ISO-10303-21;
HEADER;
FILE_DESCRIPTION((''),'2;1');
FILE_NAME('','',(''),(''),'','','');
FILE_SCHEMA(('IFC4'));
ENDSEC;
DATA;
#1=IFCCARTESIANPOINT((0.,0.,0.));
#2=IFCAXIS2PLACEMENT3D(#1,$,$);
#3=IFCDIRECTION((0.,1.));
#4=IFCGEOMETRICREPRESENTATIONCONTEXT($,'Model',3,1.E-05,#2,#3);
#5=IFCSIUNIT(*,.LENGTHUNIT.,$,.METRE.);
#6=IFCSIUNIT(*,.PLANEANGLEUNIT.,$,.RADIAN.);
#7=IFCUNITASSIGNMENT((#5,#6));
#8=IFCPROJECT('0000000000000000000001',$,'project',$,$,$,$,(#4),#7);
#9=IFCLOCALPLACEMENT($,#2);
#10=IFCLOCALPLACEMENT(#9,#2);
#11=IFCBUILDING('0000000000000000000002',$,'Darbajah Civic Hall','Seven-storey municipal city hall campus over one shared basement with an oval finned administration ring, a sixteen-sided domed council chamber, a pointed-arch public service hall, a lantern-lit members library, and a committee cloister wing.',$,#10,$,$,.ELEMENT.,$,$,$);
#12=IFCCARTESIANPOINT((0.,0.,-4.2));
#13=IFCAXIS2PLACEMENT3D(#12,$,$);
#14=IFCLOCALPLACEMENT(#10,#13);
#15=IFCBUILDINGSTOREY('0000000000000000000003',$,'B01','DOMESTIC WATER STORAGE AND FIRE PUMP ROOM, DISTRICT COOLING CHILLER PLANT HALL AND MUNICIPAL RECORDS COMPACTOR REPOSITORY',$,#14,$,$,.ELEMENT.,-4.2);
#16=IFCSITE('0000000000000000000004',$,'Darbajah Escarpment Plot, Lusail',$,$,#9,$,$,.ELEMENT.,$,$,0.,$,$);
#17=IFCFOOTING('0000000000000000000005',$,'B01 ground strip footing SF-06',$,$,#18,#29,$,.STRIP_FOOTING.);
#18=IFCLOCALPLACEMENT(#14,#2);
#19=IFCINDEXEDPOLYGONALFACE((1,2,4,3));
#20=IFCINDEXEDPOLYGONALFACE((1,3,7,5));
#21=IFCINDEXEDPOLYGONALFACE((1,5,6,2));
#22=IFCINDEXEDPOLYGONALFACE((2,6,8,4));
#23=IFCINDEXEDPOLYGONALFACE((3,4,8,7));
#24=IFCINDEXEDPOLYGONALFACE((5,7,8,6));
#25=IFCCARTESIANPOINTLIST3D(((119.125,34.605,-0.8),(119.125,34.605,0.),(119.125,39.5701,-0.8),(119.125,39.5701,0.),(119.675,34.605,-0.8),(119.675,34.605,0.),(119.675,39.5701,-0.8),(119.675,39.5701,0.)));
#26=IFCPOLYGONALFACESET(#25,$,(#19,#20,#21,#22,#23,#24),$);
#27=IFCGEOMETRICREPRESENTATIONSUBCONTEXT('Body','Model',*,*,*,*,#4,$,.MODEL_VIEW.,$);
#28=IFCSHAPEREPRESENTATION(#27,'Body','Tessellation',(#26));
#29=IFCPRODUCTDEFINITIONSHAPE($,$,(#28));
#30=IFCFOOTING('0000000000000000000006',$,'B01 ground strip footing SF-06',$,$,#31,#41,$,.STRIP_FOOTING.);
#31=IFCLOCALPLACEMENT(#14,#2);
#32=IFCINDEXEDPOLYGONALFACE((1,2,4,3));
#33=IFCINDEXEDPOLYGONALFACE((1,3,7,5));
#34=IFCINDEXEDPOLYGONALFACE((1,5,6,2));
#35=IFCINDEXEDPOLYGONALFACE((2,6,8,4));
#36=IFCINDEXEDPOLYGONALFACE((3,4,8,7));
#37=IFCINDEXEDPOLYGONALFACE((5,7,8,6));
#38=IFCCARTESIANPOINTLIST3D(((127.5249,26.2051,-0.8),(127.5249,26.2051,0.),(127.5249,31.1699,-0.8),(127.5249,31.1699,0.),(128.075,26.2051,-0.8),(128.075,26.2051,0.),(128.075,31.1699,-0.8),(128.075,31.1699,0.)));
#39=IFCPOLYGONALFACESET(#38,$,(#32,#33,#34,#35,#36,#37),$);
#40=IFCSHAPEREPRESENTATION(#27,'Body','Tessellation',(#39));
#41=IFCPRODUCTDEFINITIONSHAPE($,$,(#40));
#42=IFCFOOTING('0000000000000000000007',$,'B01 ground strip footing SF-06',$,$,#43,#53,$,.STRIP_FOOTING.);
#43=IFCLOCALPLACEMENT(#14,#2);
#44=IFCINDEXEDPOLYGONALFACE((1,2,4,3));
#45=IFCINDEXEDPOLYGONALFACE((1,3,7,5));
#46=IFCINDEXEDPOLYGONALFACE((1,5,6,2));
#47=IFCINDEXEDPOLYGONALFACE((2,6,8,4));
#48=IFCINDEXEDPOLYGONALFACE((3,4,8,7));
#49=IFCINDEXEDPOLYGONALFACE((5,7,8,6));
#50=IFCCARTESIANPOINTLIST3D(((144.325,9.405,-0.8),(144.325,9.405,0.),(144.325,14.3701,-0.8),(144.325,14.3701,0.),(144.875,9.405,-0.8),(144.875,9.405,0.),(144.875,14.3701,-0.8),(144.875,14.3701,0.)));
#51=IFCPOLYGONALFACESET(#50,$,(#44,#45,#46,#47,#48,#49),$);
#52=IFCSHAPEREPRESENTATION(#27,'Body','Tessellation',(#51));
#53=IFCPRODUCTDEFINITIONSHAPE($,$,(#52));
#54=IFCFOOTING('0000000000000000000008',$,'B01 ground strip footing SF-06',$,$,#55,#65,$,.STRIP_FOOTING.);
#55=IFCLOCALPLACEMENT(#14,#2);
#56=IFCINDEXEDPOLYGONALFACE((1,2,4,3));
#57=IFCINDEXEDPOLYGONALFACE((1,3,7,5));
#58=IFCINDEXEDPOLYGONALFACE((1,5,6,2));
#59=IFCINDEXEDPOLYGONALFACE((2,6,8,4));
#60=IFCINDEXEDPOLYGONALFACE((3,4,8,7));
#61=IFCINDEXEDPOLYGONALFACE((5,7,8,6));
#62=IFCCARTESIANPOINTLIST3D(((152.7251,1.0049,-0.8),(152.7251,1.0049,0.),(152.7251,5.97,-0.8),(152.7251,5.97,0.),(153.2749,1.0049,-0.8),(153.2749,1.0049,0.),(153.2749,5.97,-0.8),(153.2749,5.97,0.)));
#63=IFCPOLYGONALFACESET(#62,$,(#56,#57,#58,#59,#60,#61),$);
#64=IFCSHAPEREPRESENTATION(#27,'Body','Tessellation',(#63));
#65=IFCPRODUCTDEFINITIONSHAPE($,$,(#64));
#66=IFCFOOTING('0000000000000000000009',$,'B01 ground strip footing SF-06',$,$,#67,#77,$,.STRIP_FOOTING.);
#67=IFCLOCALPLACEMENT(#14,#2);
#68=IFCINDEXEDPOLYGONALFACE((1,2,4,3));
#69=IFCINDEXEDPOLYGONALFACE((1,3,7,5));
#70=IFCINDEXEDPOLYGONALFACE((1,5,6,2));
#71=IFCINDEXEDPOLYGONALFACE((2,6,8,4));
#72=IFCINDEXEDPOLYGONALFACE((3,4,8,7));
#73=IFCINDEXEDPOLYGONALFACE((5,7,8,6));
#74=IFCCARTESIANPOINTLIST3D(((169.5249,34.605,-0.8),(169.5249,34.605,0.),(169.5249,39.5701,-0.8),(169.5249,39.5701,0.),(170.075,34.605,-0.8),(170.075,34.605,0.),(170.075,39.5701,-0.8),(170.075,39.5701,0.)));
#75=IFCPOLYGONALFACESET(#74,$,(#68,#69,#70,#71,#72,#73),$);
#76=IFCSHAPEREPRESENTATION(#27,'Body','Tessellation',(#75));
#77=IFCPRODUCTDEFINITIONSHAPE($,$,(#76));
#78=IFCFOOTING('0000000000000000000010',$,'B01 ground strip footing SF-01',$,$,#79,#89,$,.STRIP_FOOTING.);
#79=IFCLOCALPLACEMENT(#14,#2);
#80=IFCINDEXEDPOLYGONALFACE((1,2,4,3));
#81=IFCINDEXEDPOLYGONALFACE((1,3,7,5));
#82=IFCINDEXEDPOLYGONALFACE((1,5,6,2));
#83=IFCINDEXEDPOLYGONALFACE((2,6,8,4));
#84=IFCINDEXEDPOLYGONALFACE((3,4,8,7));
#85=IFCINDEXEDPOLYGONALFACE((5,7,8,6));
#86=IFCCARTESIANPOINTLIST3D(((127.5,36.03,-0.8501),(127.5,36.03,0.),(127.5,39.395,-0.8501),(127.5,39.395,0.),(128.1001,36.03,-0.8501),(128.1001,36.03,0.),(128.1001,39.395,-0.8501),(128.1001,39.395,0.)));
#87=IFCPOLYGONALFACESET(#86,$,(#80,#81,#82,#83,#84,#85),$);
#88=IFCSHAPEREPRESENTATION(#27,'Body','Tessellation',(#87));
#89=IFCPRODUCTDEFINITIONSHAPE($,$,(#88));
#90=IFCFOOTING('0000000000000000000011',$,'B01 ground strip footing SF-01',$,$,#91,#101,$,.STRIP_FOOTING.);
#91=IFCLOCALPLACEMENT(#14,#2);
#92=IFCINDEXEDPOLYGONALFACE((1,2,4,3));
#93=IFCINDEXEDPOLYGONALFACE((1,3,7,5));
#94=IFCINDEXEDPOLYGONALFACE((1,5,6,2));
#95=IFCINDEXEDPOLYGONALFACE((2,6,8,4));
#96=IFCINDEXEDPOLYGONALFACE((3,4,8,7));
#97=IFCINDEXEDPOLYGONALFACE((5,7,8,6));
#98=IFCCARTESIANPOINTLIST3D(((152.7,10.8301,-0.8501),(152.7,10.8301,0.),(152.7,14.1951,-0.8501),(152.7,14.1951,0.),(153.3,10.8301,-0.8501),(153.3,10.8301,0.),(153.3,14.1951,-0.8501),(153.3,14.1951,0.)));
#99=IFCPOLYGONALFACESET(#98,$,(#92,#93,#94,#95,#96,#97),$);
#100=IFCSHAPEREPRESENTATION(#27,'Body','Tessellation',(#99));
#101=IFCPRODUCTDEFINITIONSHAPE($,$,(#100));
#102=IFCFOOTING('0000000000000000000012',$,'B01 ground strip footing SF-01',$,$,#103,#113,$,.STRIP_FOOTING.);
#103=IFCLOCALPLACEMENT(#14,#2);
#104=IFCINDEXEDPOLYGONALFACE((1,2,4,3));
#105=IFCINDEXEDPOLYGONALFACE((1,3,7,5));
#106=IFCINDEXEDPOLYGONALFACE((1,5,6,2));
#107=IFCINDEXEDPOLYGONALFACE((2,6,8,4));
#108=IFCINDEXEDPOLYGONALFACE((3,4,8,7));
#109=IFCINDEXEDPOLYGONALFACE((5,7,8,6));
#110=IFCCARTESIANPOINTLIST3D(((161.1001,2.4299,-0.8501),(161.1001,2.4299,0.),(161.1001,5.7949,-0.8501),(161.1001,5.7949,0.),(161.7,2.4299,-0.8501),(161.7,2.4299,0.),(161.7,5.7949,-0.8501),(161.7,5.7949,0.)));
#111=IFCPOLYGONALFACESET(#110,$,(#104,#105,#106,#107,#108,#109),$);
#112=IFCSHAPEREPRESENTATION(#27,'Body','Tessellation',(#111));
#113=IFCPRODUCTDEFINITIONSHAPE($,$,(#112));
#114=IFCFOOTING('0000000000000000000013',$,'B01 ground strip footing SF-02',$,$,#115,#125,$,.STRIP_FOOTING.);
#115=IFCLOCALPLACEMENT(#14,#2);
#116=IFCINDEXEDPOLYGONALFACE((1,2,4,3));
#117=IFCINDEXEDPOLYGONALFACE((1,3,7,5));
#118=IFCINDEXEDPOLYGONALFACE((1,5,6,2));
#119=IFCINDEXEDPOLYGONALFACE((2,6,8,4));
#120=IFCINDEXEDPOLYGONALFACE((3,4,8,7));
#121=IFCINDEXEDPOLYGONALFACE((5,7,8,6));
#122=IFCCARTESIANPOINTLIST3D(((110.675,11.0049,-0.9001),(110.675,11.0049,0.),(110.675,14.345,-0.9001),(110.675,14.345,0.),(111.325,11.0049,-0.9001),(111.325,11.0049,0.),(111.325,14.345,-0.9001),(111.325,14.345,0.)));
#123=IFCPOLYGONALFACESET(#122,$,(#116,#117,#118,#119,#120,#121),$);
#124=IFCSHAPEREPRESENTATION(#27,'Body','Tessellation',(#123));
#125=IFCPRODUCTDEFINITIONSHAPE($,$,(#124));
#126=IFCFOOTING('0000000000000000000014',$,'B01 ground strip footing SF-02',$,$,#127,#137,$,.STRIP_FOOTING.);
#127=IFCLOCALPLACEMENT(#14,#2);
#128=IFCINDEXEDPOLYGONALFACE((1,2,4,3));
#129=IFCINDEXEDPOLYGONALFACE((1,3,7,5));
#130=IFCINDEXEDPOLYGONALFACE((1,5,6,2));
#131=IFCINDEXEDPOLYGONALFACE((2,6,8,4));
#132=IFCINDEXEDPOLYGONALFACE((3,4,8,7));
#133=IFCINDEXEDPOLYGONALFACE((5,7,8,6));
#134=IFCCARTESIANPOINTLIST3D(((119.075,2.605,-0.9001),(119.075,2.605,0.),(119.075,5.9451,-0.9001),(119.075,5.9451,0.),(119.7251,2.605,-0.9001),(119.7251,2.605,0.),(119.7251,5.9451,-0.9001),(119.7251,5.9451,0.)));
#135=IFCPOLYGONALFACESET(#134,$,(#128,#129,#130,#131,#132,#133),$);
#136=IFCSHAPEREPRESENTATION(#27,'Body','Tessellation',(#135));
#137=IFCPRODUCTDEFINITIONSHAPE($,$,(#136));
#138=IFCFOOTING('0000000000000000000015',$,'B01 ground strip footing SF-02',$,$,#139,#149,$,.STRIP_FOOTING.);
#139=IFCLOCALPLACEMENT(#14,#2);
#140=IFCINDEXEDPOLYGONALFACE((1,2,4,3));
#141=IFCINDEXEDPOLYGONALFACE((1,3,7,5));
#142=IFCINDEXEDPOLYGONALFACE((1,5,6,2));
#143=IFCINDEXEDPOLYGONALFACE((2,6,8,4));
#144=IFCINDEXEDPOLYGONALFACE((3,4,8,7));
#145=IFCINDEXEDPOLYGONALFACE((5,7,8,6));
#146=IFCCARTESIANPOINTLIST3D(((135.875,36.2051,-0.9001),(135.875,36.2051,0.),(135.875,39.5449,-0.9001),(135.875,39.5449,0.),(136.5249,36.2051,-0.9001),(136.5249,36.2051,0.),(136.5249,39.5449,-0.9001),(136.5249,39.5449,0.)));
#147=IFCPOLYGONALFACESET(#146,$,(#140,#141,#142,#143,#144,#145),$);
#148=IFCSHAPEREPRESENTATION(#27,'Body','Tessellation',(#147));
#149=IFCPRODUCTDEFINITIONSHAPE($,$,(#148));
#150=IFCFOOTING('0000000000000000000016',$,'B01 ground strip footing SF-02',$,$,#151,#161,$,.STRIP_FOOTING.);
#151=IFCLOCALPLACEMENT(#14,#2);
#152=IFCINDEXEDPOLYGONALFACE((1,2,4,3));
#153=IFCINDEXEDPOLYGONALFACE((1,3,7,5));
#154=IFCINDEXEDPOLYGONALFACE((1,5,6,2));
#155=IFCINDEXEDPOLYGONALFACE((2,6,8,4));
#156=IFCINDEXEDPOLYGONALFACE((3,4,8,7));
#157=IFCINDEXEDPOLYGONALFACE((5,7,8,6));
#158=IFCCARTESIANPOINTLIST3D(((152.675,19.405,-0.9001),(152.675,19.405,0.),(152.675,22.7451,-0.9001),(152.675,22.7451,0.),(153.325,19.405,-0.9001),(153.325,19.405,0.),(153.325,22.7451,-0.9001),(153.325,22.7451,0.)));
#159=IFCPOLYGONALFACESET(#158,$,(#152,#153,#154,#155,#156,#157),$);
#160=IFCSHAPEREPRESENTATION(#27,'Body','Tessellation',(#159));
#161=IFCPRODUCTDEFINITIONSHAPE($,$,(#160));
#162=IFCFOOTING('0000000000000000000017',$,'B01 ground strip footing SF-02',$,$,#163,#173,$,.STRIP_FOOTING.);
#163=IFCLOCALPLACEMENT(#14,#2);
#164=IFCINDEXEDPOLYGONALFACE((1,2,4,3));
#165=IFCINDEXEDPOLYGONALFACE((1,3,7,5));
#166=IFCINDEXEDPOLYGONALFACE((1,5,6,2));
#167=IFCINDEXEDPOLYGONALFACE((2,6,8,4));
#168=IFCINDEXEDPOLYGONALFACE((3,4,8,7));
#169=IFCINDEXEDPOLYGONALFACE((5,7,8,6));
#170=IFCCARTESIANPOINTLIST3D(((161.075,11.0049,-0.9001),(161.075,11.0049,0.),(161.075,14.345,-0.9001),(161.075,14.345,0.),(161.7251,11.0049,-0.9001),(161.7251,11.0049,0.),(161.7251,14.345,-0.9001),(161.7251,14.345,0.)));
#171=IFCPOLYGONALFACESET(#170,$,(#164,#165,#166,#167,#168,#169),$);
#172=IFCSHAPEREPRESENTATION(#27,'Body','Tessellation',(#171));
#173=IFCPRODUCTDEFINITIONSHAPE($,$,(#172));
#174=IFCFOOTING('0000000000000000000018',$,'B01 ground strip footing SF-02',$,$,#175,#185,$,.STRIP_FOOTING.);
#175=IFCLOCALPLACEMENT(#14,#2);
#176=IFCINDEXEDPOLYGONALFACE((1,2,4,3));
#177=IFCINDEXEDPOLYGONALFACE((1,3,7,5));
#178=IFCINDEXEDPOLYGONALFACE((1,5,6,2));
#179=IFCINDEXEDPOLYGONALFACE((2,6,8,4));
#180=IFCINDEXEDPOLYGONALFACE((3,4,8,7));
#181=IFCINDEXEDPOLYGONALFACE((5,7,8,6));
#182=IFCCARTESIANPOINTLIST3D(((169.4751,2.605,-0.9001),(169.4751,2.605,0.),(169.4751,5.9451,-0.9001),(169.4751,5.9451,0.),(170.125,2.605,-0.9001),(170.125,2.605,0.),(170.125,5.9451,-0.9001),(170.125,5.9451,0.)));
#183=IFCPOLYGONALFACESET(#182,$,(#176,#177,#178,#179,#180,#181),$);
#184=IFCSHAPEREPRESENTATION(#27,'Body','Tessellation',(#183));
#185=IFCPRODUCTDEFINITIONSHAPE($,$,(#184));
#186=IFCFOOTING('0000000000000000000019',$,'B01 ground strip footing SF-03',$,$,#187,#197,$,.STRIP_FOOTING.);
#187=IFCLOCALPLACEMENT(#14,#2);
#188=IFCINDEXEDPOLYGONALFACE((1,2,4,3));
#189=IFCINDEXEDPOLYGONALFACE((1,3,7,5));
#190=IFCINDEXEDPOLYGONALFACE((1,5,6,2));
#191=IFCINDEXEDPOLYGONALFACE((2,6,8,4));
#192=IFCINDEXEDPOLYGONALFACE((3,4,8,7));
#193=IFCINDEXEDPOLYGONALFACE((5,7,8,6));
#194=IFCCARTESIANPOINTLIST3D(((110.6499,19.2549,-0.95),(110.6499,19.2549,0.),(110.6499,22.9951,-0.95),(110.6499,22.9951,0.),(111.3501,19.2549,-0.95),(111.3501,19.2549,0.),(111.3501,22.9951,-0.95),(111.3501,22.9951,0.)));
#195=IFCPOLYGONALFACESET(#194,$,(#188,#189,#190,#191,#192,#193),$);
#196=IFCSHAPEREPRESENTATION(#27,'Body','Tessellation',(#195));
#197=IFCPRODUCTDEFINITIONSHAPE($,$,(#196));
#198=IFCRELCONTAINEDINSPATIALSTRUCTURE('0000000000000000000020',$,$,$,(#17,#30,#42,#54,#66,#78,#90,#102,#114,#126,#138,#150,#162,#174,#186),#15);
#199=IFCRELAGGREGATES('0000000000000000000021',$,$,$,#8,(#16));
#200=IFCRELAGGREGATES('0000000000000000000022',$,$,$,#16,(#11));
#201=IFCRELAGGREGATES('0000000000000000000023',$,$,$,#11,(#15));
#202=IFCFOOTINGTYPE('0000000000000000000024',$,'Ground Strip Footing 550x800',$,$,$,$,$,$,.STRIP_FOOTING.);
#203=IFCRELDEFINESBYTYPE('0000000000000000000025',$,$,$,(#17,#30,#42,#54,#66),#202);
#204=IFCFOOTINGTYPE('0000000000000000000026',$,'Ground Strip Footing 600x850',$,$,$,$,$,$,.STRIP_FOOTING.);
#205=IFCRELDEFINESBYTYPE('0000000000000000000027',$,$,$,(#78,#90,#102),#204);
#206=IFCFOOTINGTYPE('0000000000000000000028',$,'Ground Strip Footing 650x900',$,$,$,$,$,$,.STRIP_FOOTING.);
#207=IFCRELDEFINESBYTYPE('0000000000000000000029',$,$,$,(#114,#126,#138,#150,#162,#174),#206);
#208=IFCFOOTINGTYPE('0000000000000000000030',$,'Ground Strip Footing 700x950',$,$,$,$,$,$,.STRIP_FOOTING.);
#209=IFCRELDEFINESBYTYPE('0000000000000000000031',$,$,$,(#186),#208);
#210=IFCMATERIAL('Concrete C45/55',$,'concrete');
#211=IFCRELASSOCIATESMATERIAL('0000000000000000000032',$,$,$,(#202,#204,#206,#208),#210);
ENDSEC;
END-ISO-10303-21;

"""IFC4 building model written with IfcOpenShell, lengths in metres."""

from ifc_helpers import new_model, si_unit, direction, frame, origin, place, context, subcontext, project, spatial, polyline, outline, extrude, material, type_object, element, save


model = new_model("IFC4")

# Units and contexts
model_context = context("Model", 3, precision=1e-05, world=origin(), true_north=direction((0.0, 1.0)))
body_context = subcontext(model_context, "Body", "Model", "MODEL_VIEW")
ifc_project = project(units=[si_unit("LENGTHUNIT", "METRE"), si_unit("PLANEANGLEUNIT", "RADIAN")], contexts=[model_context])

# Site, building, storey
site_placement = place(None, origin())
site = spatial("IfcSite", under=ifc_project, at=site_placement, Name="Darbajah Escarpment Plot, Lusail", CompositionType="ELEMENT", RefElevation=0.0)
building_placement = place(site_placement, origin())
building = spatial("IfcBuilding", under=site, at=building_placement, Name="Darbajah Civic Hall", Description="Seven-storey municipal city hall campus over one shared basement with an oval finned administration ring, a sixteen-sided domed council chamber, a pointed-arch public service hall, a lantern-lit members library, and a committee cloister wing.", CompositionType="ELEMENT")
storey_placement = place(building_placement, frame((0.0, 0.0, -4.2)))
storey = spatial("IfcBuildingStorey", under=building, at=storey_placement, Name="B01", Description="DOMESTIC WATER STORAGE AND FIRE PUMP ROOM, DISTRICT COOLING CHILLER PLANT HALL AND MUNICIPAL RECORDS COMPACTOR REPOSITORY", CompositionType="ELEMENT", Elevation=-4.2)

# Footings
ifc_material = material(Name="Concrete C45/55", Category="concrete")
footing_type_1 = type_object("IfcFootingType", Name="Ground Strip Footing 550x800", PredefinedType="STRIP_FOOTING", material=ifc_material)
footing_1_placement = place(storey_placement, frame((0.0, 0.0, -0.8)))
element("IfcFooting", 1, at=footing_1_placement, inside=storey, type_object=footing_type_1, Name="B01 ground strip footing SF-06", PredefinedType="STRIP_FOOTING", context=body_context, shape_type="SweptSolid", body=[
    extrude(outline(polyline([(119.675, 34.605), (119.675, 39.5701), (119.125, 39.5701), (119.125, 34.605), (119.675, 34.605)])), origin(), (0.0, 0.0, 1.0), 0.8),
])
footing_2_placement = place(storey_placement, frame((0.0, 0.0, -0.8)))
element("IfcFooting", 2, at=footing_2_placement, inside=storey, type_object=footing_type_1, Name="B01 ground strip footing SF-06", PredefinedType="STRIP_FOOTING", context=body_context, shape_type="SweptSolid", body=[
    extrude(outline(polyline([(128.075, 26.2051), (128.075, 31.1699), (127.5249, 31.1699), (127.5249, 26.2051), (128.075, 26.2051)])), origin(), (0.0, 0.0, 1.0), 0.8),
])
footing_3_placement = place(storey_placement, frame((0.0, 0.0, -0.8)))
element("IfcFooting", 3, at=footing_3_placement, inside=storey, type_object=footing_type_1, Name="B01 ground strip footing SF-06", PredefinedType="STRIP_FOOTING", context=body_context, shape_type="SweptSolid", body=[
    extrude(outline(polyline([(144.875, 9.405), (144.875, 14.3701), (144.325, 14.3701), (144.325, 9.405), (144.875, 9.405)])), origin(), (0.0, 0.0, 1.0), 0.8),
])
footing_4_placement = place(storey_placement, frame((0.0, 0.0, -0.8)))
element("IfcFooting", 4, at=footing_4_placement, inside=storey, type_object=footing_type_1, Name="B01 ground strip footing SF-06", PredefinedType="STRIP_FOOTING", context=body_context, shape_type="SweptSolid", body=[
    extrude(outline(polyline([(153.2749, 1.0049), (153.2749, 5.97), (152.7251, 5.97), (152.7251, 1.0049), (153.2749, 1.0049)])), origin(), (0.0, 0.0, 1.0), 0.8),
])
footing_5_placement = place(storey_placement, frame((0.0, 0.0, -0.8)))
element("IfcFooting", 5, at=footing_5_placement, inside=storey, type_object=footing_type_1, Name="B01 ground strip footing SF-06", PredefinedType="STRIP_FOOTING", context=body_context, shape_type="SweptSolid", body=[
    extrude(outline(polyline([(170.075, 34.605), (170.075, 39.5701), (169.5249, 39.5701), (169.5249, 34.605), (170.075, 34.605)])), origin(), (0.0, 0.0, 1.0), 0.8),
])
footing_type_2 = type_object("IfcFootingType", Name="Ground Strip Footing 600x850", PredefinedType="STRIP_FOOTING", material=ifc_material)
footing_6_placement = place(storey_placement, frame((0.0, 0.0, -0.8501)))
element("IfcFooting", 6, at=footing_6_placement, inside=storey, type_object=footing_type_2, Name="B01 ground strip footing SF-01", PredefinedType="STRIP_FOOTING", context=body_context, shape_type="SweptSolid", body=[
    extrude(outline(polyline([(128.1001, 36.03), (128.1001, 39.395), (127.5, 39.395), (127.5, 36.03), (128.1001, 36.03)])), origin(), (0.0, 0.0, 1.0), 0.8501),
])
footing_7_placement = place(storey_placement, frame((0.0, 0.0, -0.8501)))
element("IfcFooting", 7, at=footing_7_placement, inside=storey, type_object=footing_type_2, Name="B01 ground strip footing SF-01", PredefinedType="STRIP_FOOTING", context=body_context, shape_type="SweptSolid", body=[
    extrude(outline(polyline([(153.3, 10.8301), (153.3, 14.1951), (152.7, 14.1951), (152.7, 10.8301), (153.3, 10.8301)])), origin(), (0.0, 0.0, 1.0), 0.8501),
])
footing_8_placement = place(storey_placement, frame((0.0, 0.0, -0.8501)))
element("IfcFooting", 8, at=footing_8_placement, inside=storey, type_object=footing_type_2, Name="B01 ground strip footing SF-01", PredefinedType="STRIP_FOOTING", context=body_context, shape_type="SweptSolid", body=[
    extrude(outline(polyline([(161.7, 2.4299), (161.7, 5.7949), (161.1001, 5.7949), (161.1001, 2.4299), (161.7, 2.4299)])), origin(), (0.0, 0.0, 1.0), 0.8501),
])
footing_type_3 = type_object("IfcFootingType", Name="Ground Strip Footing 650x900", PredefinedType="STRIP_FOOTING", material=ifc_material)
footing_9_placement = place(storey_placement, frame((0.0, 0.0, -0.9001)))
element("IfcFooting", 9, at=footing_9_placement, inside=storey, type_object=footing_type_3, Name="B01 ground strip footing SF-02", PredefinedType="STRIP_FOOTING", context=body_context, shape_type="SweptSolid", body=[
    extrude(outline(polyline([(111.325, 11.0049), (111.325, 14.345), (110.675, 14.345), (110.675, 11.0049), (111.325, 11.0049)])), origin(), (0.0, 0.0, 1.0), 0.9001),
])
footing_10_placement = place(storey_placement, frame((0.0, 0.0, -0.9001)))
element("IfcFooting", 10, at=footing_10_placement, inside=storey, type_object=footing_type_3, Name="B01 ground strip footing SF-02", PredefinedType="STRIP_FOOTING", context=body_context, shape_type="SweptSolid", body=[
    extrude(outline(polyline([(119.7251, 2.605), (119.7251, 5.9451), (119.075, 5.9451), (119.075, 2.605), (119.7251, 2.605)])), origin(), (0.0, 0.0, 1.0), 0.9001),
])
footing_11_placement = place(storey_placement, frame((0.0, 0.0, -0.9001)))
element("IfcFooting", 11, at=footing_11_placement, inside=storey, type_object=footing_type_3, Name="B01 ground strip footing SF-02", PredefinedType="STRIP_FOOTING", context=body_context, shape_type="SweptSolid", body=[
    extrude(outline(polyline([(136.5249, 36.2051), (136.5249, 39.5449), (135.875, 39.5449), (135.875, 36.2051), (136.5249, 36.2051)])), origin(), (0.0, 0.0, 1.0), 0.9001),
])
footing_12_placement = place(storey_placement, frame((0.0, 0.0, -0.9001)))
element("IfcFooting", 12, at=footing_12_placement, inside=storey, type_object=footing_type_3, Name="B01 ground strip footing SF-02", PredefinedType="STRIP_FOOTING", context=body_context, shape_type="SweptSolid", body=[
    extrude(outline(polyline([(153.325, 19.405), (153.325, 22.7451), (152.675, 22.7451), (152.675, 19.405), (153.325, 19.405)])), origin(), (0.0, 0.0, 1.0), 0.9001),
])
footing_13_placement = place(storey_placement, frame((0.0, 0.0, -0.9001)))
element("IfcFooting", 13, at=footing_13_placement, inside=storey, type_object=footing_type_3, Name="B01 ground strip footing SF-02", PredefinedType="STRIP_FOOTING", context=body_context, shape_type="SweptSolid", body=[
    extrude(outline(polyline([(161.7251, 11.0049), (161.7251, 14.345), (161.075, 14.345), (161.075, 11.0049), (161.7251, 11.0049)])), origin(), (0.0, 0.0, 1.0), 0.9001),
])
footing_14_placement = place(storey_placement, frame((0.0, 0.0, -0.9001)))
element("IfcFooting", 14, at=footing_14_placement, inside=storey, type_object=footing_type_3, Name="B01 ground strip footing SF-02", PredefinedType="STRIP_FOOTING", context=body_context, shape_type="SweptSolid", body=[
    extrude(outline(polyline([(170.125, 2.605), (170.125, 5.9451), (169.4751, 5.9451), (169.4751, 2.605), (170.125, 2.605)])), origin(), (0.0, 0.0, 1.0), 0.9001),
])
footing_type_4 = type_object("IfcFootingType", Name="Ground Strip Footing 700x950", PredefinedType="STRIP_FOOTING", material=ifc_material)
footing_15_placement = place(storey_placement, frame((0.0, 0.0, -0.95)))
element("IfcFooting", 15, at=footing_15_placement, inside=storey, type_object=footing_type_4, Name="B01 ground strip footing SF-03", PredefinedType="STRIP_FOOTING", context=body_context, shape_type="SweptSolid", body=[
    extrude(outline(polyline([(111.3501, 19.2549), (111.3501, 22.9951), (110.6499, 22.9951), (110.6499, 19.2549), (111.3501, 19.2549)])), origin(), (0.0, 0.0, 1.0), 0.95),
])

save(model, "model.ifc")
